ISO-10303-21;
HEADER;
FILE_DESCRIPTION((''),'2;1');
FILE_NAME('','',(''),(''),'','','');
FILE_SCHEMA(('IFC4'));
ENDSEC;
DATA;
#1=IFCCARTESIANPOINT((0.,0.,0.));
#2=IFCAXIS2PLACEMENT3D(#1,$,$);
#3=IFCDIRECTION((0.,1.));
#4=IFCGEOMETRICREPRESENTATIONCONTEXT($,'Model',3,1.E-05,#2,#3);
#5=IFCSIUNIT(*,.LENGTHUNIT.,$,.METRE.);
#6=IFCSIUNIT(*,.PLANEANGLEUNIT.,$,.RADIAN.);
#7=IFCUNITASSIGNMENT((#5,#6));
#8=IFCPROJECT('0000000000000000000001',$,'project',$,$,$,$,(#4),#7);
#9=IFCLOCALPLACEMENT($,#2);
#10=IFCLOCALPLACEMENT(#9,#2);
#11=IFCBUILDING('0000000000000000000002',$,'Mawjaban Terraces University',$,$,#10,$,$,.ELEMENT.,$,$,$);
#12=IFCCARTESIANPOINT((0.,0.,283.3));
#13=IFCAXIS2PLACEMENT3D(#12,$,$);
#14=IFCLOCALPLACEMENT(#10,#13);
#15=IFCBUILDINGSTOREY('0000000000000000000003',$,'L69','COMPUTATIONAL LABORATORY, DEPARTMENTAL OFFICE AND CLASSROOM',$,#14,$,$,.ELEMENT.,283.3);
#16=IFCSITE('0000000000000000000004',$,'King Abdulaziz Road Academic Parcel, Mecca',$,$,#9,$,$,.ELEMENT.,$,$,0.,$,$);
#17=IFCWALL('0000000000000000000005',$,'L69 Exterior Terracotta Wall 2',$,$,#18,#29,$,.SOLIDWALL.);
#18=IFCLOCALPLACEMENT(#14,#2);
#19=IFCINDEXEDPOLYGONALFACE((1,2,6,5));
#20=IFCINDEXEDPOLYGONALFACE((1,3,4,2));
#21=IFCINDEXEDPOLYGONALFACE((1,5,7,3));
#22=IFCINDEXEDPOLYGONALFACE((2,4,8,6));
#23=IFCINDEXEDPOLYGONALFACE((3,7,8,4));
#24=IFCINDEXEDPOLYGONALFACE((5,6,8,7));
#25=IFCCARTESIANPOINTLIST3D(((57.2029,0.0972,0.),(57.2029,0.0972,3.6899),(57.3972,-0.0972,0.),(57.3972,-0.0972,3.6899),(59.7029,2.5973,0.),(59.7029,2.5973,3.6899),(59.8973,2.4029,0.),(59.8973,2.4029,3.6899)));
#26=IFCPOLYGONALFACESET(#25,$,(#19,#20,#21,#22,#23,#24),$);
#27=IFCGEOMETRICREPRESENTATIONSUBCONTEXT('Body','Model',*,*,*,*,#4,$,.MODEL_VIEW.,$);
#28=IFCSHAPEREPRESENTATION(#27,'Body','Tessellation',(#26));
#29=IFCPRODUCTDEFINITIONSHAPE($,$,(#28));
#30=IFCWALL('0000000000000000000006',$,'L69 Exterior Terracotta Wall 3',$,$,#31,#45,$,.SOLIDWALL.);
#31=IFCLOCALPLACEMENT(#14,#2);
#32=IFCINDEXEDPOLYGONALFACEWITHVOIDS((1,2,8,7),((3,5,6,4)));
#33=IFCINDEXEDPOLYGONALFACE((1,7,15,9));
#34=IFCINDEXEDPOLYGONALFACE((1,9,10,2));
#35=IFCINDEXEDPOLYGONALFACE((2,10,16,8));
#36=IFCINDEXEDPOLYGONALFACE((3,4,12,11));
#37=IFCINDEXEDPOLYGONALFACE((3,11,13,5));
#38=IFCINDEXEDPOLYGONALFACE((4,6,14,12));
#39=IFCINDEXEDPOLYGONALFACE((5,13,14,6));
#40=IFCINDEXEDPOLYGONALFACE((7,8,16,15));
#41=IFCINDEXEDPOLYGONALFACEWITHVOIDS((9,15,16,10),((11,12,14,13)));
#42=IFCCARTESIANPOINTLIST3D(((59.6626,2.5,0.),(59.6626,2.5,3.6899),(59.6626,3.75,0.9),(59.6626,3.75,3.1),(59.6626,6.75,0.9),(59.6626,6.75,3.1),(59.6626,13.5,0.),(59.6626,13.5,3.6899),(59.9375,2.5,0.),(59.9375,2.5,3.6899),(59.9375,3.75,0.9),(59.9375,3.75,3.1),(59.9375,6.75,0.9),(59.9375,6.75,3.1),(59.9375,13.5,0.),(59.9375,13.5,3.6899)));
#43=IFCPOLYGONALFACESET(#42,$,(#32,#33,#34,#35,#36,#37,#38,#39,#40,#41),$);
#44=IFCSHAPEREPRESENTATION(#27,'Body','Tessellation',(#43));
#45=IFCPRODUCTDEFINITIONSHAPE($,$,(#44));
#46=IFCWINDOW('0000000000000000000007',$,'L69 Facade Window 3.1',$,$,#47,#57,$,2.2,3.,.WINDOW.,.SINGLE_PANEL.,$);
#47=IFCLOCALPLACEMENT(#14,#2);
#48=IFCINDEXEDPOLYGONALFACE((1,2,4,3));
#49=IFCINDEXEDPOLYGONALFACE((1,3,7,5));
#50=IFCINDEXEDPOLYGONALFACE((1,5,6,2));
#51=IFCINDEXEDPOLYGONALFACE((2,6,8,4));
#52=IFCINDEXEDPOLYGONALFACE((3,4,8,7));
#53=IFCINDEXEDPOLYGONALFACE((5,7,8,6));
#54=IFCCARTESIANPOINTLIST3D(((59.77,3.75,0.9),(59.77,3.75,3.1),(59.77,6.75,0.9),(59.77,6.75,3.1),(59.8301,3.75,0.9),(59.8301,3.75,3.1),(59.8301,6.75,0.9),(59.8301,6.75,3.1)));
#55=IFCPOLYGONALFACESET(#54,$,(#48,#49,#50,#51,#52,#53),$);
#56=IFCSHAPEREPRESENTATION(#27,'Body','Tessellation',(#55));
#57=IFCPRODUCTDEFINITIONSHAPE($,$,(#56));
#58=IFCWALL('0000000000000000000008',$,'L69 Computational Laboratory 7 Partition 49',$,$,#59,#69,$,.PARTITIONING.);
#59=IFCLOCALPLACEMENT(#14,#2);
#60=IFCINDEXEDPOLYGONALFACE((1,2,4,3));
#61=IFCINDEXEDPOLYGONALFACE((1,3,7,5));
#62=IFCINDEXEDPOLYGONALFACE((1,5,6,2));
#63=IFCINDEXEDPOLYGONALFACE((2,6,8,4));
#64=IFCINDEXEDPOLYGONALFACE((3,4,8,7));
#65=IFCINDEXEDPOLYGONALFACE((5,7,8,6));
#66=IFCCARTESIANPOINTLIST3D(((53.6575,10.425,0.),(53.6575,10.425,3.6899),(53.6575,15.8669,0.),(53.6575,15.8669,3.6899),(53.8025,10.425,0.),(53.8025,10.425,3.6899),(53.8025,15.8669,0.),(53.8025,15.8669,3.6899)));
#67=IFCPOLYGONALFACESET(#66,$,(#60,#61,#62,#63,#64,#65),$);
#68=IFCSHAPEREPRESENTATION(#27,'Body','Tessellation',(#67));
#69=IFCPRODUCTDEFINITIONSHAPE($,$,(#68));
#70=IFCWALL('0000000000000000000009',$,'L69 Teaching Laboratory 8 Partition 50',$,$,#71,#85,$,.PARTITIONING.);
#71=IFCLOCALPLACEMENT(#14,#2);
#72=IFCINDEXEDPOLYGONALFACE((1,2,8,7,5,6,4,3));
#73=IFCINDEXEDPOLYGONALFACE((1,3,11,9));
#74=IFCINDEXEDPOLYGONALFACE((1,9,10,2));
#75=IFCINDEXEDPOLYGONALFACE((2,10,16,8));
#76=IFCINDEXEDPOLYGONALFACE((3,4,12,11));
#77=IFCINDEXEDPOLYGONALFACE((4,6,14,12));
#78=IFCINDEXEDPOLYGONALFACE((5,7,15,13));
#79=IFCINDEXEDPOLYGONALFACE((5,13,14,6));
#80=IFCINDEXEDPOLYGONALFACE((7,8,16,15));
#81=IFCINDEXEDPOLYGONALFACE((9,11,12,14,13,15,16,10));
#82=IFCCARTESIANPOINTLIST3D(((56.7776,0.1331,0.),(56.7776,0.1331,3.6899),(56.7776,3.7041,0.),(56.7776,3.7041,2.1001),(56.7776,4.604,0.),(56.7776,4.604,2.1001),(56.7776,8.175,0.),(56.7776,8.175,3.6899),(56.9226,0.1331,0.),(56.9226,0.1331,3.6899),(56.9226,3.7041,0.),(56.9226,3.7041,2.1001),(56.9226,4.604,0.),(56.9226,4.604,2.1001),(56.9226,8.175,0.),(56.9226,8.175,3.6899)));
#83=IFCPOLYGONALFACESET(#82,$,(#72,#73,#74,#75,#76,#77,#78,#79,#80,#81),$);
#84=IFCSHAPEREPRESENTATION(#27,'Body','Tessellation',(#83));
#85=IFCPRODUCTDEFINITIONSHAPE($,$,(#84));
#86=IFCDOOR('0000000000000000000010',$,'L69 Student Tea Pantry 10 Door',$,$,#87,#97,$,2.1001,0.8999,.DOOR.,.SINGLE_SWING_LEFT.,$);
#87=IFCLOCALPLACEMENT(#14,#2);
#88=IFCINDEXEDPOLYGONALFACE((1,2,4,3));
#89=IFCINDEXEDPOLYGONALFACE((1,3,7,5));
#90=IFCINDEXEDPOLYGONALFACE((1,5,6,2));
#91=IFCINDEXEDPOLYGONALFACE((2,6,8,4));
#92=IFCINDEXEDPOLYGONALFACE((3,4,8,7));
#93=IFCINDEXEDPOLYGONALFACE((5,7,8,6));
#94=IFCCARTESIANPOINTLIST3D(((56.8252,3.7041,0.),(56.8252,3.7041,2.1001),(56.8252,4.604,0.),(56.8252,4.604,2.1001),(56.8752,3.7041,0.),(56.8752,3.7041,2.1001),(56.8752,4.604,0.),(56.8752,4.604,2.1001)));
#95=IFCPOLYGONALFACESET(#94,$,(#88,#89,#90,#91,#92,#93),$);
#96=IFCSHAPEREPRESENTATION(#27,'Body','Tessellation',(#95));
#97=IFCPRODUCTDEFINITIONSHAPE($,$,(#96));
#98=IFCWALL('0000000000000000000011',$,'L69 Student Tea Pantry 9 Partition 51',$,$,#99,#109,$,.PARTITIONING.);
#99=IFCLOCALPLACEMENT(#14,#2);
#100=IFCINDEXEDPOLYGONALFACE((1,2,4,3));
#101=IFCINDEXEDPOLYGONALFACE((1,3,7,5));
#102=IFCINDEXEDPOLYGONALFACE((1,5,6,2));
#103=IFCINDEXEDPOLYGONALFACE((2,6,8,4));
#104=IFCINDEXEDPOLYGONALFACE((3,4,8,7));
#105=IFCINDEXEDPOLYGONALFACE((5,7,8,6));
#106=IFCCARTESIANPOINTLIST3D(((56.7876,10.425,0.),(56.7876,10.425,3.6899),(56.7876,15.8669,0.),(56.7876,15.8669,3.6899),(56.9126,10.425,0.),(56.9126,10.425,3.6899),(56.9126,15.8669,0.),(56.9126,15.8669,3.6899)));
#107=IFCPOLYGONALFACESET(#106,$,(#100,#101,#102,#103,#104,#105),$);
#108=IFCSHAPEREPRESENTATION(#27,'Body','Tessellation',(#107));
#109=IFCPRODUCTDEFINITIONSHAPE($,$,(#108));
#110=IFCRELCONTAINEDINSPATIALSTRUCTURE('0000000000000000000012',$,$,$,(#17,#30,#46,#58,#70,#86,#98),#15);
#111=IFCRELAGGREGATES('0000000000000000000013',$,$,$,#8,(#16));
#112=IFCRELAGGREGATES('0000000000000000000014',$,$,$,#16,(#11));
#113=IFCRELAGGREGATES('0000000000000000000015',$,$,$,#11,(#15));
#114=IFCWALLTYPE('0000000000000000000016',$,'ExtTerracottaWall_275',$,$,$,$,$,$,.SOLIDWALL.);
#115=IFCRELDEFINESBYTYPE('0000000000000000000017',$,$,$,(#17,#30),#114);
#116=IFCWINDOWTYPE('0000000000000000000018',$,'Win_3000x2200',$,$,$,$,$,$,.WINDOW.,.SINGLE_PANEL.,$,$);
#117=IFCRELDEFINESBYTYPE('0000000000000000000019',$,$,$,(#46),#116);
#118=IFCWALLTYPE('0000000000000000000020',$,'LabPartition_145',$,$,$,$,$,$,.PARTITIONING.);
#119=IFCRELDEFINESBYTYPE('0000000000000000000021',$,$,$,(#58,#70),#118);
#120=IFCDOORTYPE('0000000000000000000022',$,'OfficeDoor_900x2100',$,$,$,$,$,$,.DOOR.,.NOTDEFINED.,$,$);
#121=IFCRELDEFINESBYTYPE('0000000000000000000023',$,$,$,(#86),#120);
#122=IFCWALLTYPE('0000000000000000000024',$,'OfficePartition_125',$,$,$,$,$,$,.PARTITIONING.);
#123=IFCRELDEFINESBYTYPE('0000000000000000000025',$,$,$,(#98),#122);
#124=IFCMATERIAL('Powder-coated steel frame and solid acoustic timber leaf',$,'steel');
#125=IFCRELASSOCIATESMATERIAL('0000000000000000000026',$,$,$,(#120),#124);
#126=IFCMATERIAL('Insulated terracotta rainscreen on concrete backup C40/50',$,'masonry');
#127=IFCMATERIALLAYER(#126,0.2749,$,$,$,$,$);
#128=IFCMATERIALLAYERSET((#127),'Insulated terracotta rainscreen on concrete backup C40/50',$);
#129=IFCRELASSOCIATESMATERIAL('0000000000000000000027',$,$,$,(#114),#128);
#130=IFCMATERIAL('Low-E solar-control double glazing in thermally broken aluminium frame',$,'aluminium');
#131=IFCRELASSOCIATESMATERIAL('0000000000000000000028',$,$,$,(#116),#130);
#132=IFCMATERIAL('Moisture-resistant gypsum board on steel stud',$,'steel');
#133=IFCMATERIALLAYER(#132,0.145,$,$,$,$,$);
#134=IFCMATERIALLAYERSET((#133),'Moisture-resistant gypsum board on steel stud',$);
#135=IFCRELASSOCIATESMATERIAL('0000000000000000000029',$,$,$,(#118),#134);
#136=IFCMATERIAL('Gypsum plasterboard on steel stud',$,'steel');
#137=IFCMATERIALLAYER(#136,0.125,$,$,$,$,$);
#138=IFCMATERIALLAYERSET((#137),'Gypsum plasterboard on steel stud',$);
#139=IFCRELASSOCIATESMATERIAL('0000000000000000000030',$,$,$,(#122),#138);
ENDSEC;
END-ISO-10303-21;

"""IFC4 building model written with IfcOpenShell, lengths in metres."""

from ifc_helpers import new_model, si_unit, direction, frame, frame_2d, origin, place, context, subcontext, project, spatial, rectangle, extrude, material, layer, layer_set, type_object, element, fill, save


model = new_model("IFC4")

# Units and contexts
model_context = context("Model", 3, precision=1e-05, world=origin(), true_north=direction((0.0, 1.0)))
body_context = subcontext(model_context, "Body", "Model", "MODEL_VIEW")
ifc_project = project(units=[si_unit("LENGTHUNIT", "METRE"), si_unit("PLANEANGLEUNIT", "RADIAN")], contexts=[model_context])

# Site, building, storey
site_placement = place(None, origin())
site = spatial("IfcSite", under=ifc_project, at=site_placement, Name="King Abdulaziz Road Academic Parcel, Mecca", CompositionType="ELEMENT", RefElevation=0.0)
building_placement = place(site_placement, origin())
building = spatial("IfcBuilding", under=site, at=building_placement, Name="Mawjaban Terraces University", CompositionType="ELEMENT")
storey_placement = place(building_placement, frame((0.0, 0.0, 283.3)))
storey = spatial("IfcBuildingStorey", under=building, at=storey_placement, Name="L69", Description="COMPUTATIONAL LABORATORY, DEPARTMENTAL OFFICE AND CLASSROOM", CompositionType="ELEMENT", Elevation=283.3)

# Shared definitions
ifc_material_1 = material(Name="Powder-coated steel frame and solid acoustic timber leaf", Category="steel")
door_type_1 = type_object("IfcDoorType", Name="OfficeDoor_900x2100", OperationType="NOTDEFINED", PredefinedType="DOOR", material=ifc_material_1)

# Wall
ifc_material_2 = material(Name="Insulated terracotta rainscreen on concrete backup C40/50", Category="masonry")
ifc_layer_1 = layer(ifc_material_2, 0.2749)
ifc_layer_set_1 = layer_set([ifc_layer_1], Name="Insulated terracotta rainscreen on concrete backup C40/50")
wall_type_1 = type_object("IfcWallType", Name="ExtTerracottaWall_275", PredefinedType="SOLIDWALL", material=ifc_layer_set_1)
wall_1_placement = place(storey_placement, frame((57.3, 0.0, 0.0), z_axis=(0.0, 0.0, 1.0), x_axis=(0.707107, 0.707107, 0.0)))
element("IfcWall", 1, at=wall_1_placement, inside=storey, type_object=wall_type_1, Name="L69 Exterior Terracotta Wall 2", PredefinedType="SOLIDWALL", context=body_context, shape_type="SweptSolid", body=[
    extrude(rectangle(XDim=3.5356, YDim=0.2749, at=frame_2d((1.7678, 0.0))), origin(), (0.0, 0.0, 1.0), 3.6899),
])

# Wall, opening, window
wall_2_placement = place(storey_placement, frame((59.8, 2.5, 0.0), z_axis=(0.0, 0.0, 1.0), x_axis=(0.0, 1.0, 0.0)))
wall_2 = element("IfcWall", 2, at=wall_2_placement, inside=storey, type_object=wall_type_1, Name="L69 Exterior Terracotta Wall 3", PredefinedType="SOLIDWALL", context=body_context, shape_type="SweptSolid", body=[
    extrude(rectangle(XDim=11.0, YDim=0.2749, at=frame_2d((5.5, 0.0))), origin(), (0.0, 0.0, 1.0), 3.6899),
])
opening_1_placement = place(wall_2_placement, frame((1.25, 0.0, 0.8999)))
opening_1 = element("IfcOpeningElement", 3, at=opening_1_placement, cuts=wall_2, PredefinedType="OPENING", context=body_context, shape_type="SweptSolid", body=[
    extrude(rectangle(XDim=3.0, YDim=2.2, at=frame_2d((1.5, 1.1001))), frame((0.0, 0.1475, 0.0), z_axis=(0.0, -1.0, 0.0), x_axis=(1.0, 0.0, 0.0)), (0.0, 0.0, 1.0), 0.2949),
])
ifc_material_3 = material(Name="Low-E solar-control double glazing in thermally broken aluminium frame", Category="aluminium")
window_type = type_object("IfcWindowType", Name="Win_3000x2200", PartitioningType="SINGLE_PANEL", PredefinedType="WINDOW", material=ifc_material_3)
window_placement = place(opening_1_placement, origin())
window = element("IfcWindow", 4, at=window_placement, inside=storey, type_object=window_type, Name="L69 Facade Window 3.1", OverallHeight=2.2, OverallWidth=3.0, PartitioningType="SINGLE_PANEL", PredefinedType="WINDOW", context=body_context, shape_type="SweptSolid", body=[
    extrude(rectangle(XDim=3.0, YDim=2.2, at=frame_2d((1.5, 1.1001))), frame((0.0, 0.03, 0.0), z_axis=(0.0, -1.0, 0.0), x_axis=(1.0, 0.0, 0.0)), (0.0, 0.0, 1.0), 0.0601),
])
fill(opening_1, window)

# Shared definitions
ifc_material_4 = material(Name="Moisture-resistant gypsum board on steel stud", Category="steel")
ifc_layer_2 = layer(ifc_material_4, 0.145)
ifc_layer_set_2 = layer_set([ifc_layer_2], Name="Moisture-resistant gypsum board on steel stud")
wall_type_2 = type_object("IfcWallType", Name="LabPartition_145", PredefinedType="PARTITIONING", material=ifc_layer_set_2)

# Wall
wall_3_placement = place(storey_placement, frame((53.73, 10.425, 0.0), z_axis=(0.0, 0.0, 1.0), x_axis=(0.0, 1.0, 0.0)))
element("IfcWall", 5, at=wall_3_placement, inside=storey, type_object=wall_type_2, Name="L69 Computational Laboratory 7 Partition 49", PredefinedType="PARTITIONING", context=body_context, shape_type="SweptSolid", body=[
    extrude(rectangle(XDim=5.4419, YDim=0.145, at=frame_2d((2.7209, 0.0))), origin(), (0.0, 0.0, 1.0), 3.6899),
])

# Wall, opening, door
wall_4_placement = place(storey_placement, frame((56.8501, 0.1331, 0.0), z_axis=(0.0, 0.0, 1.0), x_axis=(0.0, 1.0, 0.0)))
wall_4 = element("IfcWall", 6, at=wall_4_placement, inside=storey, type_object=wall_type_2, Name="L69 Teaching Laboratory 8 Partition 50", PredefinedType="PARTITIONING", context=body_context, shape_type="SweptSolid", body=[
    extrude(rectangle(XDim=8.042, YDim=0.145, at=frame_2d((4.021, 0.0))), origin(), (0.0, 0.0, 1.0), 3.6899),
])
opening_2_placement = place(wall_4_placement, frame((3.571, 0.0, 0.0)))
opening_2 = element("IfcOpeningElement", 7, at=opening_2_placement, cuts=wall_4, PredefinedType="OPENING", context=body_context, shape_type="SweptSolid", body=[
    extrude(rectangle(XDim=0.8999, YDim=2.1001, at=frame_2d((0.45, 1.05))), frame((0.0, 0.0825, 0.0), z_axis=(0.0, -1.0, 0.0), x_axis=(1.0, 0.0, 0.0)), (0.0, 0.0, 1.0), 0.165),
])
door_1_placement = place(opening_2_placement, origin())
door_1 = element("IfcDoor", 8, at=door_1_placement, inside=storey, type_object=door_type_1, Name="L69 Student Tea Pantry 10 Door", OperationType="SINGLE_SWING_LEFT", OverallHeight=2.1001, OverallWidth=0.8999, PredefinedType="DOOR", context=body_context, shape_type="SweptSolid", body=[
    extrude(rectangle(XDim=0.8999, YDim=2.1001, at=frame_2d((0.45, 1.05))), frame((0.0, 0.0249, 0.0), z_axis=(0.0, -1.0, 0.0), x_axis=(1.0, 0.0, 0.0)), (0.0, 0.0, 1.0), 0.05),
])
fill(opening_2, door_1)

# Wall
ifc_material_5 = material(Name="Gypsum plasterboard on steel stud", Category="steel")
ifc_layer_3 = layer(ifc_material_5, 0.125)
ifc_layer_set_3 = layer_set([ifc_layer_3], Name="Gypsum plasterboard on steel stud")
wall_type_3 = type_object("IfcWallType", Name="OfficePartition_125", PredefinedType="PARTITIONING", material=ifc_layer_set_3)
wall_5_placement = place(storey_placement, frame((56.8501, 10.425, 0.0), z_axis=(0.0, 0.0, 1.0), x_axis=(0.0, 1.0, 0.0)))
element("IfcWall", 9, at=wall_5_placement, inside=storey, type_object=wall_type_3, Name="L69 Student Tea Pantry 9 Partition 51", PredefinedType="PARTITIONING", context=body_context, shape_type="SweptSolid", body=[
    extrude(rectangle(XDim=5.4419, YDim=0.125, at=frame_2d((2.7209, 0.0))), origin(), (0.0, 0.0, 1.0), 3.6899),
])

save(model, "model.ifc")
